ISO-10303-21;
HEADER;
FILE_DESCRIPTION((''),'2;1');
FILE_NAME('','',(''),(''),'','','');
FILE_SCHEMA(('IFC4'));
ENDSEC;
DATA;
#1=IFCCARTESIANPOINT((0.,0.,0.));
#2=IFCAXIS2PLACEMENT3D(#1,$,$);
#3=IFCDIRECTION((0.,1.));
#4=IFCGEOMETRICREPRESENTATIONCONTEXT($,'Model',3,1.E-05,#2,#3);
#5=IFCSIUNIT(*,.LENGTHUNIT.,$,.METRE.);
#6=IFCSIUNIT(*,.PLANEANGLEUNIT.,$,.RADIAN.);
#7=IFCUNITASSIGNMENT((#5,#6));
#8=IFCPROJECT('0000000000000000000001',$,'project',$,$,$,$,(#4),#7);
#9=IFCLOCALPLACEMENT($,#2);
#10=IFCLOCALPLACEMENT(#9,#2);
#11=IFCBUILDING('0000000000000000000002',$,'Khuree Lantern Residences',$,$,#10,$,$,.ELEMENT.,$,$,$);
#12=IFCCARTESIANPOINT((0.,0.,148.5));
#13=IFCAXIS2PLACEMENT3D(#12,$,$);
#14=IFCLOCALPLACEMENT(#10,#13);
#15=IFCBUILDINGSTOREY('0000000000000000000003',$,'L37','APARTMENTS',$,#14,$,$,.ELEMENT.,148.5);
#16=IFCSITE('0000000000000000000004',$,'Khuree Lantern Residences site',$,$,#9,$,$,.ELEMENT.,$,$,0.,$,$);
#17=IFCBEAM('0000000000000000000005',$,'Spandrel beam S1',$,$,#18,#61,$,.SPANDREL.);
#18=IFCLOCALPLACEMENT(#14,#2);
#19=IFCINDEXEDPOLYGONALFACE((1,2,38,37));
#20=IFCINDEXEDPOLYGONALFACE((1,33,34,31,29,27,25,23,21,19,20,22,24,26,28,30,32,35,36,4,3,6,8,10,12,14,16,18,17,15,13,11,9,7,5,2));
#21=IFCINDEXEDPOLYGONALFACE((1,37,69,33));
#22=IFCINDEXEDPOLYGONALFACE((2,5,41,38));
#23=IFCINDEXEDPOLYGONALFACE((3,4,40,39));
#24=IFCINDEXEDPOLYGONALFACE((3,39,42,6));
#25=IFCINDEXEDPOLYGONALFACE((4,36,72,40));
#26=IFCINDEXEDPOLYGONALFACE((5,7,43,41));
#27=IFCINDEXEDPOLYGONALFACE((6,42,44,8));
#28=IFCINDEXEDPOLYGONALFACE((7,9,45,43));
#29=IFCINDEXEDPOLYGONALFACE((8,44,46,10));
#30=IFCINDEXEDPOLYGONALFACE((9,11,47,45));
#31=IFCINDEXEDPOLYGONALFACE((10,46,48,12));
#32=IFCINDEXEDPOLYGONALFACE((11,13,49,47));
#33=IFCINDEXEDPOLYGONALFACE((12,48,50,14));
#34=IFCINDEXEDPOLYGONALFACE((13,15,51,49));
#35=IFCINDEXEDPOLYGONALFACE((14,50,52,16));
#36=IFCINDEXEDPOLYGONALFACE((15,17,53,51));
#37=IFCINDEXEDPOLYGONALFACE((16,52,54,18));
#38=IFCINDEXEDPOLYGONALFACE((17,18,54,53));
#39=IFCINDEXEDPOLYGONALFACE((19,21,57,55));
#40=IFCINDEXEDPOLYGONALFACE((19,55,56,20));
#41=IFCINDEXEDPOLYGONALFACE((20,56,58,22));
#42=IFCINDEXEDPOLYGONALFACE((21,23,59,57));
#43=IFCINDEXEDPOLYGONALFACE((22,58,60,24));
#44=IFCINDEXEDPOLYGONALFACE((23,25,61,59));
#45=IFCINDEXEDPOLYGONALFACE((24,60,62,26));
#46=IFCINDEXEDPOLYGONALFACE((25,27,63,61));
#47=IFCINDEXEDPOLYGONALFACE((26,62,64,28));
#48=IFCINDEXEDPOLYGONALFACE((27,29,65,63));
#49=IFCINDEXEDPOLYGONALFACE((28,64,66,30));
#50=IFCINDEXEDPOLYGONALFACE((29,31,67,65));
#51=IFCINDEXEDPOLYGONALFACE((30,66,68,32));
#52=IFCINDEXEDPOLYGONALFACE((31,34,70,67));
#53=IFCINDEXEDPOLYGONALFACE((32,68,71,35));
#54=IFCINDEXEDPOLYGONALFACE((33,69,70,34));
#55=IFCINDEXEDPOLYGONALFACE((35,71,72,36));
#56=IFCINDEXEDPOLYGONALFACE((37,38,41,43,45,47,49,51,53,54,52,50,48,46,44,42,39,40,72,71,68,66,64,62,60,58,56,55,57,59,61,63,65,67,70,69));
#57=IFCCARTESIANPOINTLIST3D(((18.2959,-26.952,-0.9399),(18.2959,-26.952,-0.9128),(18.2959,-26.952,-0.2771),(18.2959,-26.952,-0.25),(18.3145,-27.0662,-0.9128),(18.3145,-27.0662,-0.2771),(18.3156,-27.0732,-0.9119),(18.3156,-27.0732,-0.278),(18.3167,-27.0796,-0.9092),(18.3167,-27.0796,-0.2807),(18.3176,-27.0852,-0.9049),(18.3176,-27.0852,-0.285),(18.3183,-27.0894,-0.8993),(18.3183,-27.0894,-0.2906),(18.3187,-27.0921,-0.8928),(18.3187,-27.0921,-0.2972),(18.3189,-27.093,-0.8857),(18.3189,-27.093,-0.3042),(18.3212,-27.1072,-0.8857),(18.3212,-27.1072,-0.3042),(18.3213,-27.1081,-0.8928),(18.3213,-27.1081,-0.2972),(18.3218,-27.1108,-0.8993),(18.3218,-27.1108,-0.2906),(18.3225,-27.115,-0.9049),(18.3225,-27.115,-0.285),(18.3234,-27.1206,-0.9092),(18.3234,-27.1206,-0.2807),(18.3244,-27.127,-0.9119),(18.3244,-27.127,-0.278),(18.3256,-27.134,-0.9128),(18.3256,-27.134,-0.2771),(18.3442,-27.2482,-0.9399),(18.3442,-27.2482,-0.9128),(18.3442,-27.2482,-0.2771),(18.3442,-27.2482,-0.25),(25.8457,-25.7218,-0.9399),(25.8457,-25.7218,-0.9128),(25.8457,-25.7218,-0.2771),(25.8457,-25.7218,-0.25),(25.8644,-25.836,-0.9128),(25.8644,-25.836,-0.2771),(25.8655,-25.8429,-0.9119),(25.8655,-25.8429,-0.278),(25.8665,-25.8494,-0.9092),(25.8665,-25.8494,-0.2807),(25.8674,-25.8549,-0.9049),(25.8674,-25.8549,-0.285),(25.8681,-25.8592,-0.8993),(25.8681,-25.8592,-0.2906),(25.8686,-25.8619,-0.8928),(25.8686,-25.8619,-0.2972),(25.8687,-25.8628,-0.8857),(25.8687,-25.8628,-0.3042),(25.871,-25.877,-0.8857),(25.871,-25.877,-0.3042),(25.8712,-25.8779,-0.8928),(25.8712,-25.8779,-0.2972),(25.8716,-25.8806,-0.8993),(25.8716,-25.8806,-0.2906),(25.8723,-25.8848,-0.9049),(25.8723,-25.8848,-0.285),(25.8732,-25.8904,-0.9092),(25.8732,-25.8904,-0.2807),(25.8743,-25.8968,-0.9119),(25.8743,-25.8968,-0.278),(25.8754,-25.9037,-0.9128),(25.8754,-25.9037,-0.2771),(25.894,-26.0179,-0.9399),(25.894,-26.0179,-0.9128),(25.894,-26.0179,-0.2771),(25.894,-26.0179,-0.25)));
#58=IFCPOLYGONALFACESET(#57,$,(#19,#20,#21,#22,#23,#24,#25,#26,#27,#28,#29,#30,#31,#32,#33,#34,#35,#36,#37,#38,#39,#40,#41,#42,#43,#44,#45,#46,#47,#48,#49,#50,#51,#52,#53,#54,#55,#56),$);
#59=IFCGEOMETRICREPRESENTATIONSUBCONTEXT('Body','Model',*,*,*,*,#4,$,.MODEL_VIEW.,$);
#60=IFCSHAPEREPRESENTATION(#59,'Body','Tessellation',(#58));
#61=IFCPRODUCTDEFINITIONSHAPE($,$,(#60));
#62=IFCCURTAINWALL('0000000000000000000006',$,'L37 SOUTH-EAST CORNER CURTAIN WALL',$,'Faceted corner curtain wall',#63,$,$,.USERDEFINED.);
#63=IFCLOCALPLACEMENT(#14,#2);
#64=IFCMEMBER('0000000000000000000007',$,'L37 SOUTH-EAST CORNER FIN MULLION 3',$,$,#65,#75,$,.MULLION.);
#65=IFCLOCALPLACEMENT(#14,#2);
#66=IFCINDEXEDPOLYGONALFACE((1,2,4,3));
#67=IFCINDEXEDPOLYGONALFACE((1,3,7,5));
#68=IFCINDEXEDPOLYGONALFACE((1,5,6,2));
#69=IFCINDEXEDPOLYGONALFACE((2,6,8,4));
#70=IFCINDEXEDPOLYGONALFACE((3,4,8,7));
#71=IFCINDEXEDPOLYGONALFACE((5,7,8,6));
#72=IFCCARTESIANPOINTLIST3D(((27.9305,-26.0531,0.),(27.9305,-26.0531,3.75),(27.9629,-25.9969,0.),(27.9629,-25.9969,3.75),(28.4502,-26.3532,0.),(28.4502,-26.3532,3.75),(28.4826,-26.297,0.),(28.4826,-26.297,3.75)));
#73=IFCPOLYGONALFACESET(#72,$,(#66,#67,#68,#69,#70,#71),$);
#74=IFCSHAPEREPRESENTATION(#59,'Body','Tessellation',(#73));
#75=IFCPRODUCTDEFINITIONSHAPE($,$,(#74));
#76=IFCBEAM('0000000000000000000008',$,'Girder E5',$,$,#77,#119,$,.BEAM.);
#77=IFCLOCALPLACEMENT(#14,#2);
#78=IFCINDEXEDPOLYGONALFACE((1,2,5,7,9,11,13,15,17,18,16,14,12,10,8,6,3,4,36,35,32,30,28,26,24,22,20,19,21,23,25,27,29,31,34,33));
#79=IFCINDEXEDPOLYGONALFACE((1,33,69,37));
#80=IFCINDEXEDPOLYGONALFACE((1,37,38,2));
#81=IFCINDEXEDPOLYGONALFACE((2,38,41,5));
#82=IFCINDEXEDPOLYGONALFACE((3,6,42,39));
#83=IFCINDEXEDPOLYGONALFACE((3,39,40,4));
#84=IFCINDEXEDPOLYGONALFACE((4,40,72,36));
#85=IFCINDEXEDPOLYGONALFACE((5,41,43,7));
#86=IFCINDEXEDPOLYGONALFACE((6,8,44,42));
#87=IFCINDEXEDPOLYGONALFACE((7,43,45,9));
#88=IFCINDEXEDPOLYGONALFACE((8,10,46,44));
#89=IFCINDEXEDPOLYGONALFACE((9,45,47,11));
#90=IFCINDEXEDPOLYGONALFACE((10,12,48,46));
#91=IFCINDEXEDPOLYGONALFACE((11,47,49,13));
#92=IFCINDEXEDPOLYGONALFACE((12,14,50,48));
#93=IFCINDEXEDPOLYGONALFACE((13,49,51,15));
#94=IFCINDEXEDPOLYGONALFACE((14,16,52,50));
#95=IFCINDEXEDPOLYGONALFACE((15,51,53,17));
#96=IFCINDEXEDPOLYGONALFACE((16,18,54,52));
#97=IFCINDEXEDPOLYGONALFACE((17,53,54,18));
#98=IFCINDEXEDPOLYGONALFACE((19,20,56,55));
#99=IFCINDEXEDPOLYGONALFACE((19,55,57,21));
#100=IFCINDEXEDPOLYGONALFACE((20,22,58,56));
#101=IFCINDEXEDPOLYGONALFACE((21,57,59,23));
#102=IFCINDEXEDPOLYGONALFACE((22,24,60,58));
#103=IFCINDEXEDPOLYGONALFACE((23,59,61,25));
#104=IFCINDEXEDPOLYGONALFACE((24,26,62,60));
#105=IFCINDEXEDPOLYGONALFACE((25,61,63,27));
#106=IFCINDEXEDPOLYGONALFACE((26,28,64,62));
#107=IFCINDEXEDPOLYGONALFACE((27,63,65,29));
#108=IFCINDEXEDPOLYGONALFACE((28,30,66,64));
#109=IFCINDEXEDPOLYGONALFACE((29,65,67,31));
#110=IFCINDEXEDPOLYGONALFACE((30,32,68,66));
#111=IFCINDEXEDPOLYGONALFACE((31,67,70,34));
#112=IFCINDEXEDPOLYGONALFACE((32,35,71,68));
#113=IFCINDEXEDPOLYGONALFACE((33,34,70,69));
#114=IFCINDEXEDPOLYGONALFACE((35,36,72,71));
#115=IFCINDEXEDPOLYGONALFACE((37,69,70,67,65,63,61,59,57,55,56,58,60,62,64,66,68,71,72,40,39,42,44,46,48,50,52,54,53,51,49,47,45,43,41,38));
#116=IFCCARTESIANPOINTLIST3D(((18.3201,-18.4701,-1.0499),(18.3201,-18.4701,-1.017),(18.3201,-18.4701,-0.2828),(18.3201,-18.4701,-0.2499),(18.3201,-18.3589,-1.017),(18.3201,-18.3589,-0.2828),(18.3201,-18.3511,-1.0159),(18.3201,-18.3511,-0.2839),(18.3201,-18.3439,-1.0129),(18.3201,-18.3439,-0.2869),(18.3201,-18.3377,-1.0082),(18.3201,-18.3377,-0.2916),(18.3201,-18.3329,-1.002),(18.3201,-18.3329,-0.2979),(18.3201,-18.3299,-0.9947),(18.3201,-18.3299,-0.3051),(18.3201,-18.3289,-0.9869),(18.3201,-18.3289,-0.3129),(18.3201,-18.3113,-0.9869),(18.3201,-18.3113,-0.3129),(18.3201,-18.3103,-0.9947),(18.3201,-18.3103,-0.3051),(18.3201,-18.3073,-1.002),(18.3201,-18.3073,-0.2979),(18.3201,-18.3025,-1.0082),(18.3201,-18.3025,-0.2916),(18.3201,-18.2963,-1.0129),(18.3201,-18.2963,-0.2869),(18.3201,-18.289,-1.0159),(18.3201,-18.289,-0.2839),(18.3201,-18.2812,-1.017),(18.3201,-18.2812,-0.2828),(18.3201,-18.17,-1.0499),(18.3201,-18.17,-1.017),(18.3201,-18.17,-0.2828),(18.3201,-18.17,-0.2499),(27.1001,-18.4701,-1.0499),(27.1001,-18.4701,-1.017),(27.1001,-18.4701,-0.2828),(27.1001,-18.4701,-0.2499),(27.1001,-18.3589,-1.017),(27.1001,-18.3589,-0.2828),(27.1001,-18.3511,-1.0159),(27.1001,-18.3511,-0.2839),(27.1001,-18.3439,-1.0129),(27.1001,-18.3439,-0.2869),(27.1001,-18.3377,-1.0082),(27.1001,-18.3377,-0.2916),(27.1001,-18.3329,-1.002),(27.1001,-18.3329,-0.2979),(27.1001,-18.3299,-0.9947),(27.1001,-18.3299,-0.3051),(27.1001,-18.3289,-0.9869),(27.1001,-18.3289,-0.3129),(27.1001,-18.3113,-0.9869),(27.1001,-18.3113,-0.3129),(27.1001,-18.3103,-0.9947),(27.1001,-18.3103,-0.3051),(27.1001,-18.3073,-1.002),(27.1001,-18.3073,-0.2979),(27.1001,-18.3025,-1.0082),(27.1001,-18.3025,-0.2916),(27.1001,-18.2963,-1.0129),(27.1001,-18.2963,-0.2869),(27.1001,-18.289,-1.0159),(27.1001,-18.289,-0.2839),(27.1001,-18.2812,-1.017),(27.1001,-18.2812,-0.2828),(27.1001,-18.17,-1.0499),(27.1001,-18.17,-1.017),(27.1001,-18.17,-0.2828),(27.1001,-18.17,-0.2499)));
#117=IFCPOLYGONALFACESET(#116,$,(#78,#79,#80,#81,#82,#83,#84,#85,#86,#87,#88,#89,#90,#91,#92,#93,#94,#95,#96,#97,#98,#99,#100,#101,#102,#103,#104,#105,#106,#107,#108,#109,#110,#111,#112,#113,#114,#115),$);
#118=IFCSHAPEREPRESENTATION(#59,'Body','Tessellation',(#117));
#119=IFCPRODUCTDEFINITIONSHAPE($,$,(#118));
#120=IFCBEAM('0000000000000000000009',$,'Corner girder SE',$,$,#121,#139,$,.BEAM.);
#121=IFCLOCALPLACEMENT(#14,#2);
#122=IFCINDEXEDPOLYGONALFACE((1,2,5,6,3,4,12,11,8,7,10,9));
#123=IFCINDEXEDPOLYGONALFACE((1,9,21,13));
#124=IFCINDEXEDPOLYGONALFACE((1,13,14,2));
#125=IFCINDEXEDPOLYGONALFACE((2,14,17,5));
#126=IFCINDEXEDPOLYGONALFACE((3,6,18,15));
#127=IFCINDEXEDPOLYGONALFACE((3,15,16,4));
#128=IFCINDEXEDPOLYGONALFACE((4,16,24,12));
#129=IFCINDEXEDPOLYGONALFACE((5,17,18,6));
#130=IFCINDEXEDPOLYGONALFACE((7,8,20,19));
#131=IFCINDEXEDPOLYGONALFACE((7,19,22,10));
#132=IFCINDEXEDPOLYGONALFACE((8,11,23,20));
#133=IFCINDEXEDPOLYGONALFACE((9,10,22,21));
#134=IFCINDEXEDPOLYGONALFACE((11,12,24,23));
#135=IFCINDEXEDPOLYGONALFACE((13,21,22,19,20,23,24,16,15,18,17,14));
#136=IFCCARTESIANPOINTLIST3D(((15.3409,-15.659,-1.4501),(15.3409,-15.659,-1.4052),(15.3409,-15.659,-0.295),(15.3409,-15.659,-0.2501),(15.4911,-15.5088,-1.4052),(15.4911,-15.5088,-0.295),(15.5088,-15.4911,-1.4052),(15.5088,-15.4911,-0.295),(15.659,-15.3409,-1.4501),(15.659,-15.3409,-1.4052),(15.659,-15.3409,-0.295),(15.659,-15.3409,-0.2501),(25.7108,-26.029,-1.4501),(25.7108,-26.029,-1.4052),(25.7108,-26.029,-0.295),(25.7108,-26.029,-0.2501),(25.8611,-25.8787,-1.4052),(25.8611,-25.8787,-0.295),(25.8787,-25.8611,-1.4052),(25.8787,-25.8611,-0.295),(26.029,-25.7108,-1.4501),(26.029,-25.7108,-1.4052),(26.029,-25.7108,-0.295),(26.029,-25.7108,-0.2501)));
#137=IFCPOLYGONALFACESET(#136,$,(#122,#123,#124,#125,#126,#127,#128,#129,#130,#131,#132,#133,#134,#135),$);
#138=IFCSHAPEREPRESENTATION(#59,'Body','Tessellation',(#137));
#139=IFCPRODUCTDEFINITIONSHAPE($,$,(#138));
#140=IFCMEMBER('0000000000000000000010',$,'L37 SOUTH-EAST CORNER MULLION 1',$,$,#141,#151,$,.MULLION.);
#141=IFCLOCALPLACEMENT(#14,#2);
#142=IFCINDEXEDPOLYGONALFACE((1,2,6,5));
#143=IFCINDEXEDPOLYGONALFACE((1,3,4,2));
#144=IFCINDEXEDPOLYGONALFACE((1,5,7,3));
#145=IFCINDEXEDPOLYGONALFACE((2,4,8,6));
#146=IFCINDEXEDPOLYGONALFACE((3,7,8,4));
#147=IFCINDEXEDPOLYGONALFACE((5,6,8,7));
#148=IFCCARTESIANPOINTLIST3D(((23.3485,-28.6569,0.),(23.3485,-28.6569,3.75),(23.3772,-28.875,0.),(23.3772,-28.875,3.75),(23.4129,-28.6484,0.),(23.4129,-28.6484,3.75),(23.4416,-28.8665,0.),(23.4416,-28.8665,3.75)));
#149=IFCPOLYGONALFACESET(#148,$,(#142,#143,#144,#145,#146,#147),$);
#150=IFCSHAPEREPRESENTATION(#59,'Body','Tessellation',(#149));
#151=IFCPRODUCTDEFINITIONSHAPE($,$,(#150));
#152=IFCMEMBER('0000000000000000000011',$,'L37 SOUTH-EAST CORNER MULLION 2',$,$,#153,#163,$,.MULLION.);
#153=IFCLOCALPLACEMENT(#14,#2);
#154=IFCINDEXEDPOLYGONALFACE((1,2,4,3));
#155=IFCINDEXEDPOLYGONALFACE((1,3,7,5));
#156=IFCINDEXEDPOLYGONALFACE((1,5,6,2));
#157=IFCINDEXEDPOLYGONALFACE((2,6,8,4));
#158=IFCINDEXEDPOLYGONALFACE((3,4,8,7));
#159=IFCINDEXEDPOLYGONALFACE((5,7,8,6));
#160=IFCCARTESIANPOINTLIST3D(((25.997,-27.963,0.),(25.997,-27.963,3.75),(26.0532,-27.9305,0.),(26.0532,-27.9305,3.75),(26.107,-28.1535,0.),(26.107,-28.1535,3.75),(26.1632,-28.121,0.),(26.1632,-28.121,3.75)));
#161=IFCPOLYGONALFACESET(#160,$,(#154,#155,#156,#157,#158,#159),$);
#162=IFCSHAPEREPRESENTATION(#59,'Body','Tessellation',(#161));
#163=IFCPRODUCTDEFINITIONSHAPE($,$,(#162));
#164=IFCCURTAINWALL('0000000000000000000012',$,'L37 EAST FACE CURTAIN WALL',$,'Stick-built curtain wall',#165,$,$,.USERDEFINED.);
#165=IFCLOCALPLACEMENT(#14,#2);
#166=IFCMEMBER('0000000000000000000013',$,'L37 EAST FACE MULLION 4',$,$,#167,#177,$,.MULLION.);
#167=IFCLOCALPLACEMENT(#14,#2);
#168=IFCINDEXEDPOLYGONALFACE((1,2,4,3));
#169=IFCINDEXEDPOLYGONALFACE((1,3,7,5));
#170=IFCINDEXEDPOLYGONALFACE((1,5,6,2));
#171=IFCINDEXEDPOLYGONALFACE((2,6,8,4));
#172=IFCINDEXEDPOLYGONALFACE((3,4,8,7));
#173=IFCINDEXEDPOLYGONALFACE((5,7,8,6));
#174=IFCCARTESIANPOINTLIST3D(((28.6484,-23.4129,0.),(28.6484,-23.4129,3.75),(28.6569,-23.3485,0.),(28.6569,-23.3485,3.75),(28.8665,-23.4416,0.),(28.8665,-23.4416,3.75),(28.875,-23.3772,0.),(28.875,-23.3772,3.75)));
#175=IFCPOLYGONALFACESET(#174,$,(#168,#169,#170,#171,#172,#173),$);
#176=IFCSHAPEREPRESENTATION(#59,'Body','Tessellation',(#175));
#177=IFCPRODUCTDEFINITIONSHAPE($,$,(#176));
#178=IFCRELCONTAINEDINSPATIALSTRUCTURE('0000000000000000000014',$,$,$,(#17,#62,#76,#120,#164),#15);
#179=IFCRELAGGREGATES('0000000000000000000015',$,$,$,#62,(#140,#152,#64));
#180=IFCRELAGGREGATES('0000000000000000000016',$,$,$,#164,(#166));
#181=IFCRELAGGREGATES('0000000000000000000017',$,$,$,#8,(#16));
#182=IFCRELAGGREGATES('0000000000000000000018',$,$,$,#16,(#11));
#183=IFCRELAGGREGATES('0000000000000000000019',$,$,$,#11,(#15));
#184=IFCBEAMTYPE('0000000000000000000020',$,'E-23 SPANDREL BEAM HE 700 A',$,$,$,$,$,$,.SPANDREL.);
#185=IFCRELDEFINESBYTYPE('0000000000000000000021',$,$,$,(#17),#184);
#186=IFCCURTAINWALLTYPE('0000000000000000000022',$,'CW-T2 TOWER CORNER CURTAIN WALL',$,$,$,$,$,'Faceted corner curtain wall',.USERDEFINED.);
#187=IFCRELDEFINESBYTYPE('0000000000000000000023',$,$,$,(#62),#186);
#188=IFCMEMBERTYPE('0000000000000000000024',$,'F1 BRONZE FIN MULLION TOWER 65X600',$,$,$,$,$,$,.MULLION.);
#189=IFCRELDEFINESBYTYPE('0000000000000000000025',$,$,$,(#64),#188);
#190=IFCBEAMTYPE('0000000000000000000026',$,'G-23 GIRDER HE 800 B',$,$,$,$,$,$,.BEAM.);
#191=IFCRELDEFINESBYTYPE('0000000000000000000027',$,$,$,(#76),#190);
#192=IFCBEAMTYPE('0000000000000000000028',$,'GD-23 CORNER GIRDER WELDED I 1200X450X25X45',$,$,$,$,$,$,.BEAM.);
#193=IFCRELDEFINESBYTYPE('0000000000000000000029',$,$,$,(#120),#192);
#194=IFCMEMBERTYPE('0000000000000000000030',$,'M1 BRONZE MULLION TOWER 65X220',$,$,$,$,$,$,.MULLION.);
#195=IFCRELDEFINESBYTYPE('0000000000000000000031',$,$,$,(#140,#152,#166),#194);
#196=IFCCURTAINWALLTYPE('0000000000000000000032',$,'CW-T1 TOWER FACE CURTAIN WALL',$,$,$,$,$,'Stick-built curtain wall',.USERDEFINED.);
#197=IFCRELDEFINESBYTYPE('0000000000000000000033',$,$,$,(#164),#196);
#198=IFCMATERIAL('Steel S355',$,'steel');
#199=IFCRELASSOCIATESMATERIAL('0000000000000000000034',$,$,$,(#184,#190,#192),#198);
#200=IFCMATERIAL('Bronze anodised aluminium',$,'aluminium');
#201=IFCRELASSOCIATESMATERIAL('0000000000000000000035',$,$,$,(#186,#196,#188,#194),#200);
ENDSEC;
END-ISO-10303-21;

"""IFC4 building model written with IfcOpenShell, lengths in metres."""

from ifc_helpers import new_model, si_unit, direction, frame, origin, origin_2d, place, context, subcontext, project, spatial, rectangle, i_section, extrude, material, material_profile, profile_set, type_object, element, aggregate, save


model = new_model("IFC4")

# Units and contexts
model_context = context("Model", 3, precision=1e-05, world=origin(), true_north=direction((0.0, 1.0)))
body_context = subcontext(model_context, "Body", "Model", "MODEL_VIEW")
ifc_project = project(units=[si_unit("LENGTHUNIT", "METRE"), si_unit("PLANEANGLEUNIT", "RADIAN")], contexts=[model_context])

# Site, building, storey
site_placement = place(None, origin())
site = spatial("IfcSite", under=ifc_project, at=site_placement, Name="Khuree Lantern Residences site", CompositionType="ELEMENT", RefElevation=0.0)
building_placement = place(site_placement, origin())
building = spatial("IfcBuilding", under=site, at=building_placement, Name="Khuree Lantern Residences", CompositionType="ELEMENT")
storey_placement = place(building_placement, frame((0.0, 0.0, 148.5)))
storey = spatial("IfcBuildingStorey", under=building, at=storey_placement, Name="L37", Description="APARTMENTS", CompositionType="ELEMENT", Elevation=148.5)

# Beam
ifc_material_1 = material(Name="Steel S355", Category="steel")
ifc_material_profile_1 = material_profile(ifc_material_1, i_section(OverallWidth=0.3, OverallDepth=0.6899, WebThickness=0.0144, FlangeThickness=0.0271, FilletRadius=0.0271, at=origin_2d()), Name="HE 700 A")
ifc_profile_set_1 = profile_set([ifc_material_profile_1], Name="Steel S355")
beam_type_1 = type_object("IfcBeamType", Name="E-23 SPANDREL BEAM HE 700 A", PredefinedType="SPANDREL", material=ifc_profile_set_1)
for number, where, z_axis, x_axis, name in (
    (1, (25.8699, -25.8699, -0.595), (-0.986983, -0.160827, 0.0), (0.160827, -0.986983, 0.0), "Spandrel beam S1"),
):
    element("IfcBeam", number, at=place(storey_placement, frame(where, z_axis=z_axis, x_axis=x_axis)), inside=storey, type_object=beam_type_1, Name=name, PredefinedType="SPANDREL", context=body_context, shape_type="SweptSolid", body=[
        extrude(i_section(OverallWidth=0.3, OverallDepth=0.6899, WebThickness=0.0144, FlangeThickness=0.0271, FilletRadius=0.0271, at=origin_2d()), origin(), (0.0, 0.0, 1.0), 7.6494),
    ])

# Curtain wall, member
ifc_material_2 = material(Name="Bronze anodised aluminium", Category="aluminium")
curtain_wall_type_1 = type_object("IfcCurtainWallType", Name="CW-T2 TOWER CORNER CURTAIN WALL", ElementType="Faceted corner curtain wall", PredefinedType="USERDEFINED", material=ifc_material_2)
curtain_wall_1_placement = place(storey_placement, origin())
curtain_wall_1 = element("IfcCurtainWall", 2, at=curtain_wall_1_placement, inside=storey, type_object=curtain_wall_type_1, Name="L37 SOUTH-EAST CORNER CURTAIN WALL", ObjectType="Faceted corner curtain wall", PredefinedType="USERDEFINED")
ifc_material_profile_2 = material_profile(ifc_material_2, rectangle(XDim=0.0649, YDim=0.6001, at=origin_2d()), Name="F1 65X600")
ifc_profile_set_2 = profile_set([ifc_material_profile_2], Name="Bronze anodised aluminium")
member_type_1 = type_object("IfcMemberType", Name="F1 BRONZE FIN MULLION TOWER 65X600", PredefinedType="MULLION", material=ifc_profile_set_2)
member_1_placement = place(storey_placement, frame((28.2065, -26.175, 0.0), z_axis=(0.0, 0.0, 1.0), x_axis=(0.5, 0.866025, 0.0)))
member_1 = element("IfcMember", 3, at=member_1_placement, type_object=member_type_1, Name="L37 SOUTH-EAST CORNER FIN MULLION 3", PredefinedType="MULLION", context=body_context, shape_type="SweptSolid", body=[
    extrude(rectangle(XDim=0.0649, YDim=0.6001, at=origin_2d()), origin(), (0.0, 0.0, 1.0), 3.75),
])

# Beams
ifc_material_profile_3 = material_profile(ifc_material_1, i_section(OverallWidth=0.3, OverallDepth=0.8, WebThickness=0.0176, FlangeThickness=0.033, FilletRadius=0.03, at=origin_2d()), Name="HE 800 B")
ifc_profile_set_3 = profile_set([ifc_material_profile_3], Name="Steel S355")
beam_type_2 = type_object("IfcBeamType", Name="G-23 GIRDER HE 800 B", PredefinedType="BEAM", material=ifc_profile_set_3)
beam_1_placement = place(storey_placement, frame((27.1001, -18.3201, -0.6499), z_axis=(-1.0, 0.0, 0.0), x_axis=(0.0, -1.0, 0.0)))
element("IfcBeam", 4, at=beam_1_placement, inside=storey, type_object=beam_type_2, Name="Girder E5", PredefinedType="BEAM", context=body_context, shape_type="SweptSolid", body=[
    extrude(i_section(OverallWidth=0.3, OverallDepth=0.8, WebThickness=0.0176, FlangeThickness=0.033, FilletRadius=0.03, at=origin_2d()), origin(), (0.0, 0.0, 1.0), 8.78),
])
ifc_material_profile_4 = material_profile(ifc_material_1, i_section(OverallWidth=0.45, OverallDepth=1.2, WebThickness=0.0249, FlangeThickness=0.0449, at=origin_2d()), Name="WELDED I 1200X450X25X45")
ifc_profile_set_4 = profile_set([ifc_material_profile_4], Name="Steel S355")
beam_type_3 = type_object("IfcBeamType", Name="GD-23 CORNER GIRDER WELDED I 1200X450X25X45", PredefinedType="BEAM", material=ifc_profile_set_4)
beam_2_placement = place(storey_placement, frame((25.8699, -25.8699, -0.8501), z_axis=(-0.707107, 0.707107, 0.0), x_axis=(-0.707107, -0.707107, 0.0)))
element("IfcBeam", 5, at=beam_2_placement, inside=storey, type_object=beam_type_3, Name="Corner girder SE", PredefinedType="BEAM", context=body_context, shape_type="SweptSolid", body=[
    extrude(i_section(OverallWidth=0.45, OverallDepth=1.2, WebThickness=0.0249, FlangeThickness=0.0449, at=origin_2d()), origin(), (0.0, 0.0, 1.0), 14.6653),
])

# Members
ifc_material_profile_5 = material_profile(ifc_material_2, rectangle(XDim=0.0649, YDim=0.22, at=origin_2d()), Name="M1 65X220")
ifc_profile_set_5 = profile_set([ifc_material_profile_5], Name="Bronze anodised aluminium")
member_type_2 = type_object("IfcMemberType", Name="M1 BRONZE MULLION TOWER 65X220", PredefinedType="MULLION", material=ifc_profile_set_5)
member_2_placement = place(storey_placement, frame((23.395, -28.7617, 0.0), z_axis=(0.0, 0.0, 1.0), x_axis=(0.991445, 0.130526, 0.0)))
member_2 = element("IfcMember", 6, at=member_2_placement, type_object=member_type_2, Name="L37 SOUTH-EAST CORNER MULLION 1", PredefinedType="MULLION", context=body_context, shape_type="SweptSolid", body=[
    extrude(rectangle(XDim=0.0649, YDim=0.22, at=origin_2d()), origin(), (0.0, 0.0, 1.0), 3.75),
])
member_3_placement = place(storey_placement, frame((26.0801, -28.042, 0.0), z_axis=(0.0, 0.0, 1.0), x_axis=(0.866025, 0.5, 0.0)))
member_3 = element("IfcMember", 7, at=member_3_placement, type_object=member_type_2, Name="L37 SOUTH-EAST CORNER MULLION 2", PredefinedType="MULLION", context=body_context, shape_type="SweptSolid", body=[
    extrude(rectangle(XDim=0.0649, YDim=0.22, at=origin_2d()), origin(), (0.0, 0.0, 1.0), 3.75),
])

# Curtain wall, member
curtain_wall_type_2 = type_object("IfcCurtainWallType", Name="CW-T1 TOWER FACE CURTAIN WALL", ElementType="Stick-built curtain wall", PredefinedType="USERDEFINED", material=ifc_material_2)
curtain_wall_2_placement = place(storey_placement, origin())
curtain_wall_2 = element("IfcCurtainWall", 8, at=curtain_wall_2_placement, inside=storey, type_object=curtain_wall_type_2, Name="L37 EAST FACE CURTAIN WALL", ObjectType="Stick-built curtain wall", PredefinedType="USERDEFINED")
member_4_placement = place(storey_placement, frame((28.7617, -23.395, 0.0), z_axis=(0.0, 0.0, 1.0), x_axis=(0.130526, 0.991445, 0.0)))
member_4 = element("IfcMember", 9, at=member_4_placement, type_object=member_type_2, Name="L37 EAST FACE MULLION 4", PredefinedType="MULLION", context=body_context, shape_type="SweptSolid", body=[
    extrude(rectangle(XDim=0.0649, YDim=0.22, at=origin_2d()), origin(), (0.0, 0.0, 1.0), 3.75),
])

aggregate(curtain_wall_1, [member_2, member_3, member_1])
aggregate(curtain_wall_2, [member_4])

save(model, "model.ifc")
